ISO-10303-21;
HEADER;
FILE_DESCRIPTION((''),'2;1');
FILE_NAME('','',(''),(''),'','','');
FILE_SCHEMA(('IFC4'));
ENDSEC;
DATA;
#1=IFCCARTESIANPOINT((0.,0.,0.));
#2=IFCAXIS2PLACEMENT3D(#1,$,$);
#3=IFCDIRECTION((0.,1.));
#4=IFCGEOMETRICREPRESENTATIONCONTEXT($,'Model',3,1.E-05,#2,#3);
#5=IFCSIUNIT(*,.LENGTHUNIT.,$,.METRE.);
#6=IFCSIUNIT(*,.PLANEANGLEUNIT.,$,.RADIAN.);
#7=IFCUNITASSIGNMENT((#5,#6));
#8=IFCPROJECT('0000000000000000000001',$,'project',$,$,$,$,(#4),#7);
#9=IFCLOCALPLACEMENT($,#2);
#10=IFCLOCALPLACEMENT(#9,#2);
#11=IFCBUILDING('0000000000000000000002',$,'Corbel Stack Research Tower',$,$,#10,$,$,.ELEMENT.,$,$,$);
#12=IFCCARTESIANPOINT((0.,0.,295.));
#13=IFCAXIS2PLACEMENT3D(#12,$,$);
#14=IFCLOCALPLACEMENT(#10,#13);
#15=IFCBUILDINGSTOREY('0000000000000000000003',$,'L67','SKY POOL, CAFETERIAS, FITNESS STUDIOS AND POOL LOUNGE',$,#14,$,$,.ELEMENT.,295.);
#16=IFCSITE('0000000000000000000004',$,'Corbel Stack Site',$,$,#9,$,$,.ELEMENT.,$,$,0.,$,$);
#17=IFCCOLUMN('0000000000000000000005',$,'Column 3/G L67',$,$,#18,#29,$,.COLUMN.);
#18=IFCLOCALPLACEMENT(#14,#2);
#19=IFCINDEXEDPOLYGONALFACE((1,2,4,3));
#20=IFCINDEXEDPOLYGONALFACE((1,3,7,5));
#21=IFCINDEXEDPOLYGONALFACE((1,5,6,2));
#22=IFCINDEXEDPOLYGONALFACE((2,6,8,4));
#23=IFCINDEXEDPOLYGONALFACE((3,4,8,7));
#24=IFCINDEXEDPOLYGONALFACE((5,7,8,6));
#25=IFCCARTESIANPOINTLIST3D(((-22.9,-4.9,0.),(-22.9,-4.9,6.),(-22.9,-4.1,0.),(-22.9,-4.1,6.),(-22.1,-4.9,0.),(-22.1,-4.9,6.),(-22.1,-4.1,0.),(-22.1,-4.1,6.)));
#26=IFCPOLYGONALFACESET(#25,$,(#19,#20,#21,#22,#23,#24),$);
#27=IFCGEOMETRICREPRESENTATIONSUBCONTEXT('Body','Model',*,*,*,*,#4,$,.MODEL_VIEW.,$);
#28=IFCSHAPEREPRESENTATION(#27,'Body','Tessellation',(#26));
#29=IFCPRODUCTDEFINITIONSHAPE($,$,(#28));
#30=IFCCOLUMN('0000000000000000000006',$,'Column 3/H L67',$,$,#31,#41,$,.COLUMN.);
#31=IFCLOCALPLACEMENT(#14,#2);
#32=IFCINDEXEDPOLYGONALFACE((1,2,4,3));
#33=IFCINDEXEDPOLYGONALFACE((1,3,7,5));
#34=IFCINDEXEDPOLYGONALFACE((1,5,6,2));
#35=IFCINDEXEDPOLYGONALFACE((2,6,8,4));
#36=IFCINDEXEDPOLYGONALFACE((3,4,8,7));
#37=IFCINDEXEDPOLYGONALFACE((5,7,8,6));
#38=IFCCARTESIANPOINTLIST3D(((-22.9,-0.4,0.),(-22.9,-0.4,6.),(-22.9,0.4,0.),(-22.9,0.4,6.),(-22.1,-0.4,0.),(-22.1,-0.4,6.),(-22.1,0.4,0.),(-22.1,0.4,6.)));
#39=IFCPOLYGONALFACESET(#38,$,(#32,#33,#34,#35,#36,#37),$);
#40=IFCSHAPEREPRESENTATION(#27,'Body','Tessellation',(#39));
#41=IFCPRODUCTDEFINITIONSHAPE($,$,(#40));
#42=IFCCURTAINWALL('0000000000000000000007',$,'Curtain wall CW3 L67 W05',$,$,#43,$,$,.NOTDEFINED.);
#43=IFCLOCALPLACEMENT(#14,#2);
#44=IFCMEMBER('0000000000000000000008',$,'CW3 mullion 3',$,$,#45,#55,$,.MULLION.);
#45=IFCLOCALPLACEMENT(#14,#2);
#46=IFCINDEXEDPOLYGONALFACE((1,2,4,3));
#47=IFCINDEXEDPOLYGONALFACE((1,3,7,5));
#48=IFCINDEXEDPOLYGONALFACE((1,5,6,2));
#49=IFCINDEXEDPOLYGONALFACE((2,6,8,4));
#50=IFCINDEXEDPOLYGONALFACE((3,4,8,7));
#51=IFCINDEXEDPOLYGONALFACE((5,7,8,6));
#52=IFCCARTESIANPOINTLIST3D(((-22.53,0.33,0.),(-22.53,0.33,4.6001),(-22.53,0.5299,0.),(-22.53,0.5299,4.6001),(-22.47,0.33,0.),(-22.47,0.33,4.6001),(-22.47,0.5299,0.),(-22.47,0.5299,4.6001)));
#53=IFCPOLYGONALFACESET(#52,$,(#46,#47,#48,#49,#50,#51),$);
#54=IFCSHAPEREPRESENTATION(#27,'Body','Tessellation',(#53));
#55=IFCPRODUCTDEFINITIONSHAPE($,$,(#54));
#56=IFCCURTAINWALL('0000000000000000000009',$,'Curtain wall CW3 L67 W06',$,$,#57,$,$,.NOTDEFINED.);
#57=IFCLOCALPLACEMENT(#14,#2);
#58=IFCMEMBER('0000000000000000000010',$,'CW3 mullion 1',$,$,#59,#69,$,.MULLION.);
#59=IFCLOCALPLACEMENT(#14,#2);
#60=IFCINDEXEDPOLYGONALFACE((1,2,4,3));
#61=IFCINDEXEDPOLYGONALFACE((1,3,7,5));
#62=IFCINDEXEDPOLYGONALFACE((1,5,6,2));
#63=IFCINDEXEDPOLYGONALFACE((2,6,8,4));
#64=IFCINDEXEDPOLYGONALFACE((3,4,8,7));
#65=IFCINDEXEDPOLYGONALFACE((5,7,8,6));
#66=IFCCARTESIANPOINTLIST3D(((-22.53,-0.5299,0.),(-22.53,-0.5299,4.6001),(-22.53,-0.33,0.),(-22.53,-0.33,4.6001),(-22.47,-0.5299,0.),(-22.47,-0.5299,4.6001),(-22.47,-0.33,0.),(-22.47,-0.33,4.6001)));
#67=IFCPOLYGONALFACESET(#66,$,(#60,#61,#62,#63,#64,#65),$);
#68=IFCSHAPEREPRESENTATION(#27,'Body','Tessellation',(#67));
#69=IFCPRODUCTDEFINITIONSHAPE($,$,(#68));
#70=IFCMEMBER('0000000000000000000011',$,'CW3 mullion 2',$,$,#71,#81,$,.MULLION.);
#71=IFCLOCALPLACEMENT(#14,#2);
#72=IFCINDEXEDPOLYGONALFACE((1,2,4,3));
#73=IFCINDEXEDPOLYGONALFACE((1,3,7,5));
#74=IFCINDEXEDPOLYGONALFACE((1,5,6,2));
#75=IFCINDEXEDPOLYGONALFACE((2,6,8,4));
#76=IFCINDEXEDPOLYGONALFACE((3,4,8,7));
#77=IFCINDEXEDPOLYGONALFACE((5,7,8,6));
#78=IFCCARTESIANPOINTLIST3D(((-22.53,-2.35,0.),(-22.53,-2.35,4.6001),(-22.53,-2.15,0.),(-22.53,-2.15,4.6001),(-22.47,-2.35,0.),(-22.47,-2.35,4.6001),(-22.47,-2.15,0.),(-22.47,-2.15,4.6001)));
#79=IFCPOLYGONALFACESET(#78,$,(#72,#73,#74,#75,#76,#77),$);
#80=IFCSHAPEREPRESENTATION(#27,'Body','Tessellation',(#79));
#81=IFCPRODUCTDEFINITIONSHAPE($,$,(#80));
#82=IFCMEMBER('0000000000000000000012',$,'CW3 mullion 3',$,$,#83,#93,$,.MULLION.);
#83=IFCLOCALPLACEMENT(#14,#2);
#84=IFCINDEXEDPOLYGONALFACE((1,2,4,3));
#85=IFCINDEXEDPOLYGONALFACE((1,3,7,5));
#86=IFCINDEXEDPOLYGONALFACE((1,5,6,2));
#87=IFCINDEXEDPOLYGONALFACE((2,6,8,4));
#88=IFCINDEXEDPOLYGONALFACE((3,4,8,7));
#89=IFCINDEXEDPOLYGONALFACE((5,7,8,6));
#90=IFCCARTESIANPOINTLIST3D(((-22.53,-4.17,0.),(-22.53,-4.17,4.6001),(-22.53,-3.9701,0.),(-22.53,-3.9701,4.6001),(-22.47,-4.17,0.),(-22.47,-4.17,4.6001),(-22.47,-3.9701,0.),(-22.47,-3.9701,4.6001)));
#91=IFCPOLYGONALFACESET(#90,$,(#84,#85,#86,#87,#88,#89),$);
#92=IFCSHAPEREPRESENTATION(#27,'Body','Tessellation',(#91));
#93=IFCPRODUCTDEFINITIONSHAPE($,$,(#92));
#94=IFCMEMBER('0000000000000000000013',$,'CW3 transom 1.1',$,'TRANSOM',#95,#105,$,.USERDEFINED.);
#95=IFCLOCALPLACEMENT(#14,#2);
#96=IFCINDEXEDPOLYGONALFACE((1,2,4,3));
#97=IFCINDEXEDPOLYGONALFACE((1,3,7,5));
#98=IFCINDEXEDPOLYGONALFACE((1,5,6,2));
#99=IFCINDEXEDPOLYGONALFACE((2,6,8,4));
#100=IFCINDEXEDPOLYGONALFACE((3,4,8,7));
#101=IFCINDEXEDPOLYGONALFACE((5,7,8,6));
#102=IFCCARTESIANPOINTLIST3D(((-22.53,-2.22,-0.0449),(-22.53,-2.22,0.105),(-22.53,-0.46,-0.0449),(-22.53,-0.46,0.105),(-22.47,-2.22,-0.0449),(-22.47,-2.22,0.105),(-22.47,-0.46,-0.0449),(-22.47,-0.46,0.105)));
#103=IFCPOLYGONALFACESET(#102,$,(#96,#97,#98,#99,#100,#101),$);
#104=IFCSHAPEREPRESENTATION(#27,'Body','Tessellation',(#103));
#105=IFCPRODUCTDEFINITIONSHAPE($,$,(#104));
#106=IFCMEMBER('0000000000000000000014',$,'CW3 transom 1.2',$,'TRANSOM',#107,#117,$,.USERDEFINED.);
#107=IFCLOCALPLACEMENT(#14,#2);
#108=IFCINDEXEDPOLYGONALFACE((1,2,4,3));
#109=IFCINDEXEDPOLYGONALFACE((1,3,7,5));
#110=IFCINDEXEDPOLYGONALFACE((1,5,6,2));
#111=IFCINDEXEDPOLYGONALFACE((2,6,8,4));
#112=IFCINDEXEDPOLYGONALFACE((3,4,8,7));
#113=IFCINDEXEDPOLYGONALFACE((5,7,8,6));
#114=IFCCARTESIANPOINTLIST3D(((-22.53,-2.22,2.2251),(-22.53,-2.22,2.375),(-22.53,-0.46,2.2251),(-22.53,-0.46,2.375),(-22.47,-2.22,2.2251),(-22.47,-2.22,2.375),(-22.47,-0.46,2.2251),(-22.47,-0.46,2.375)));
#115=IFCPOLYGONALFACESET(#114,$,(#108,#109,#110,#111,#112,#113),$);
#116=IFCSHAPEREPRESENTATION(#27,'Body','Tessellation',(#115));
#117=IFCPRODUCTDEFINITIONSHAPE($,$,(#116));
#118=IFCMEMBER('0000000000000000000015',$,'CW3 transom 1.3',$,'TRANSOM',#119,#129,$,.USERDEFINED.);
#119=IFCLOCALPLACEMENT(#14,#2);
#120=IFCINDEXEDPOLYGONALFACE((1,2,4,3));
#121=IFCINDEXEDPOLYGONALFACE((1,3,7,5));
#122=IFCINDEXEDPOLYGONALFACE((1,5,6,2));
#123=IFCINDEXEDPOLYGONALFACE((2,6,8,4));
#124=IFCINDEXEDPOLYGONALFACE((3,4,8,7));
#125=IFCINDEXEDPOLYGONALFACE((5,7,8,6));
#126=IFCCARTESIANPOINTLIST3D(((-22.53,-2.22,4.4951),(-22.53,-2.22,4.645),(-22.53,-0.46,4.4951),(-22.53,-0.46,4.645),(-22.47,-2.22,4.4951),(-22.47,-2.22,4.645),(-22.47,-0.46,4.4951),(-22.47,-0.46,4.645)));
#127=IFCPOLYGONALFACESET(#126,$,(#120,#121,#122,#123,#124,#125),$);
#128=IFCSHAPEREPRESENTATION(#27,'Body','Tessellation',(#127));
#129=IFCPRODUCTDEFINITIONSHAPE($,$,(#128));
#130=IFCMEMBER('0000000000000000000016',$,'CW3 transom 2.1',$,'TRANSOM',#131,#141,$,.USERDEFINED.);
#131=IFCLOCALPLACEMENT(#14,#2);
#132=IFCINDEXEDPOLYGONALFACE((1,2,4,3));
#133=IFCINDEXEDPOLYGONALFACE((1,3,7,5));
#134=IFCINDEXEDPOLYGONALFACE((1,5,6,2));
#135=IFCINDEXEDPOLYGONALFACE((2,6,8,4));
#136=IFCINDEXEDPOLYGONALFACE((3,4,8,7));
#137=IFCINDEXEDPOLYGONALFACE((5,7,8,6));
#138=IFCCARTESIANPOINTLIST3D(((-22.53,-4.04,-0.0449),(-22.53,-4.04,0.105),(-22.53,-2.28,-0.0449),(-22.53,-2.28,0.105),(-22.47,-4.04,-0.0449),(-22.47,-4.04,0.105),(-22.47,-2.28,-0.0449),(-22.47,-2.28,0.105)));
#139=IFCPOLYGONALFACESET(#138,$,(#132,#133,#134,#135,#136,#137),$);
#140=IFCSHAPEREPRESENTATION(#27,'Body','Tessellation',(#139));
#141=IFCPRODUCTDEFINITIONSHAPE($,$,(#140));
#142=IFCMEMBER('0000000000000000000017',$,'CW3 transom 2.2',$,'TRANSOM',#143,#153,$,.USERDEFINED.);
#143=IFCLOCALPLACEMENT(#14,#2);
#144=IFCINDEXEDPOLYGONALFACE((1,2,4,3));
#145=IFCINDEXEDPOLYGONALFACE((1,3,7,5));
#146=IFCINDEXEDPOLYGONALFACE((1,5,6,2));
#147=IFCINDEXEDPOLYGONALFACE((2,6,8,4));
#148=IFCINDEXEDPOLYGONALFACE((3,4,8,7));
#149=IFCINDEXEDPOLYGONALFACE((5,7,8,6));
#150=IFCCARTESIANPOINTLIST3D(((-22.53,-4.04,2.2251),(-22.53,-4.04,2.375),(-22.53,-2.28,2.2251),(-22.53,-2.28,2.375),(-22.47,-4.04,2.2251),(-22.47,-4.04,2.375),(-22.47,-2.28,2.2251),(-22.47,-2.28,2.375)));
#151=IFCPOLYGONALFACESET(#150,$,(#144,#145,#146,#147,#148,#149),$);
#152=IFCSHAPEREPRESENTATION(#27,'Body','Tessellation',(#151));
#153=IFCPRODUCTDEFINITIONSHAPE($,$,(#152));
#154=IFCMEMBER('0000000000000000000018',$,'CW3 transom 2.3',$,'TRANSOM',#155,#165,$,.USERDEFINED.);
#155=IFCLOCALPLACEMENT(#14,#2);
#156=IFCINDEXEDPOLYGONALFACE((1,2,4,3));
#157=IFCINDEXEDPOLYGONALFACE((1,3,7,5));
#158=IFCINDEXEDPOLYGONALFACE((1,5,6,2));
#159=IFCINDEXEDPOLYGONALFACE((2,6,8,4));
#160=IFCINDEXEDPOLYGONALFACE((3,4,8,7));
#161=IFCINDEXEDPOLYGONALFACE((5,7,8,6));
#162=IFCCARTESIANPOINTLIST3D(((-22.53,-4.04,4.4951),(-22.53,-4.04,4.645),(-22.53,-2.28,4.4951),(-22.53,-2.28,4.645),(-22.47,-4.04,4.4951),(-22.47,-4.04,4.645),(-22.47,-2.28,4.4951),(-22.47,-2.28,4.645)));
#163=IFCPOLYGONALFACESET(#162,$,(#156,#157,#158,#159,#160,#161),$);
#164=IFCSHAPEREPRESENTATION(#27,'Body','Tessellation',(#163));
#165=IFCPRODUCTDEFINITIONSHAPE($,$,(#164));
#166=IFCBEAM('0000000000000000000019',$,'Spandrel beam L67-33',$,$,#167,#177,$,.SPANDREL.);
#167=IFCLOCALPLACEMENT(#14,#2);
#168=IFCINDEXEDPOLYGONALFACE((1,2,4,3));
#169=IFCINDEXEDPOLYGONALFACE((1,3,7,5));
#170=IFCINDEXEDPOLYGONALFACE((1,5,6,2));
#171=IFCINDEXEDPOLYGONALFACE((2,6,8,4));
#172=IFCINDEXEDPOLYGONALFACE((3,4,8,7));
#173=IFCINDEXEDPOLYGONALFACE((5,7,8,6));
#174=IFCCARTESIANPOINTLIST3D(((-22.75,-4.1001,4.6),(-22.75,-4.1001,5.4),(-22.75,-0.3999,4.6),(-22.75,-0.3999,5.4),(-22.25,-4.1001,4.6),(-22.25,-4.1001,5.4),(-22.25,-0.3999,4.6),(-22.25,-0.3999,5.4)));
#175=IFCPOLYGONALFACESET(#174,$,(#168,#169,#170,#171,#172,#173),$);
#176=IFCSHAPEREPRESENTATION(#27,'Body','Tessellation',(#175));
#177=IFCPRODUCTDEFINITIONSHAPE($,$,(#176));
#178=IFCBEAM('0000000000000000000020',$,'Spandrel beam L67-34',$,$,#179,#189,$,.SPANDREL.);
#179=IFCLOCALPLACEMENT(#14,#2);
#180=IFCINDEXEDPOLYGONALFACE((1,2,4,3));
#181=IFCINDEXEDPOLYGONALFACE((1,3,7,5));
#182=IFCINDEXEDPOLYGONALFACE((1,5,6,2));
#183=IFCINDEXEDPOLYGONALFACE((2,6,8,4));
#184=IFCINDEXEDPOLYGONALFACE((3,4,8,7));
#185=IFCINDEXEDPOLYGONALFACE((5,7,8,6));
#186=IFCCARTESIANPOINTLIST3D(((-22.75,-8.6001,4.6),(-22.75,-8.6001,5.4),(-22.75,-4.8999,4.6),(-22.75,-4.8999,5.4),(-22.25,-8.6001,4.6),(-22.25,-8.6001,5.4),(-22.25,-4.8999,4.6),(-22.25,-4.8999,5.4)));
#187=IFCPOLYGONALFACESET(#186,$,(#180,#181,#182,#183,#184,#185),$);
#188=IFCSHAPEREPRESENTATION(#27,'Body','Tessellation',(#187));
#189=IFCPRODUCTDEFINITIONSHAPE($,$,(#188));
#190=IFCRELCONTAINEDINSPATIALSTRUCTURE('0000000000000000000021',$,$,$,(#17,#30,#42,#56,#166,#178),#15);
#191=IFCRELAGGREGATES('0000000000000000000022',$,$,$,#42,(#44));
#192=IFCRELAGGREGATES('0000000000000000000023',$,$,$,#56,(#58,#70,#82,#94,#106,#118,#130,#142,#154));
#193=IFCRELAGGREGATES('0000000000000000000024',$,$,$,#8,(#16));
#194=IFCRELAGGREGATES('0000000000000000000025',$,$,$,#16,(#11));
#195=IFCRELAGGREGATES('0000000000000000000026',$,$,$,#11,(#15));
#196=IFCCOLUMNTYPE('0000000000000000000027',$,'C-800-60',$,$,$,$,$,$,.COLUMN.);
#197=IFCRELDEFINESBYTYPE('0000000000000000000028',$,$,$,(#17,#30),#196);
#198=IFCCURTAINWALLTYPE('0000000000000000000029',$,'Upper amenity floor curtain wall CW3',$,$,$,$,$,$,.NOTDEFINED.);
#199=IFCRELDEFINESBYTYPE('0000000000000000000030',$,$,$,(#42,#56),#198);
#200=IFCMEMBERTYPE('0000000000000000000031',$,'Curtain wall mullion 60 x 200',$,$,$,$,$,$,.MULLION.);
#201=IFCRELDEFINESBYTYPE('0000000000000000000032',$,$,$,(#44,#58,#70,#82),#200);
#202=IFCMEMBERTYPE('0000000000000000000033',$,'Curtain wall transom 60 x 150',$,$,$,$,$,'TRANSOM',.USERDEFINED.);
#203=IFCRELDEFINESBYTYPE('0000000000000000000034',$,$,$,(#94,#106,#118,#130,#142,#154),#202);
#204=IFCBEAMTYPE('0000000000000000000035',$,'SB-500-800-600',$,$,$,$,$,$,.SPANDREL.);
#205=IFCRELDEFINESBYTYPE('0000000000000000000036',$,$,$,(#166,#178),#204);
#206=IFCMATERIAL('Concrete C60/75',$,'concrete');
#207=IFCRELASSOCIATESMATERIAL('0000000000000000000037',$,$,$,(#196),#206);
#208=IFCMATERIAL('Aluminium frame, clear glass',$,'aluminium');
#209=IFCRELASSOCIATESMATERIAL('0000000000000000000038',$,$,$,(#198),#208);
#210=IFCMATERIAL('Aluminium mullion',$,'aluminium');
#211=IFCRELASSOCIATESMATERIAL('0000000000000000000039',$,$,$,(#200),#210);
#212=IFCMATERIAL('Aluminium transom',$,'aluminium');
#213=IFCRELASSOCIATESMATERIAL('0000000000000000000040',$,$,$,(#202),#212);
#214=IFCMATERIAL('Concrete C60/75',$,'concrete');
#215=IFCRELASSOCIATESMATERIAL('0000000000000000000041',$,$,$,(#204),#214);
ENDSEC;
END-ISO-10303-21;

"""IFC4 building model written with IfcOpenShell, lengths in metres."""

from ifc_helpers import new_model, si_unit, direction, frame, origin, origin_2d, place, context, subcontext, project, spatial, rectangle, extrude, material, material_profile, profile_set, type_object, element, aggregate, save


model = new_model("IFC4")

# Units and contexts
model_context = context("Model", 3, precision=1e-05, world=origin(), true_north=direction((0.0, 1.0)))
body_context = subcontext(model_context, "Body", "Model", "MODEL_VIEW")
ifc_project = project(units=[si_unit("LENGTHUNIT", "METRE"), si_unit("PLANEANGLEUNIT", "RADIAN")], contexts=[model_context])

# Site, building, storey
site_placement = place(None, origin())
site = spatial("IfcSite", under=ifc_project, at=site_placement, Name="Corbel Stack Site", CompositionType="ELEMENT", RefElevation=0.0)
building_placement = place(site_placement, origin())
building = spatial("IfcBuilding", under=site, at=building_placement, Name="Corbel Stack Research Tower", CompositionType="ELEMENT")
storey_placement = place(building_placement, frame((0.0, 0.0, 295.0)))
storey = spatial("IfcBuildingStorey", under=building, at=storey_placement, Name="L67", Description="SKY POOL, CAFETERIAS, FITNESS STUDIOS AND POOL LOUNGE", CompositionType="ELEMENT", Elevation=295.0)

# Columns
ifc_material_1 = material(Name="Concrete C60/75", Category="concrete")
ifc_material_profile_1 = material_profile(ifc_material_1, rectangle(XDim=0.8, YDim=0.8, at=origin_2d()), Name="RC 800 x 800")
ifc_profile_set_1 = profile_set([ifc_material_profile_1], Name="Concrete C60/75")
column_type = type_object("IfcColumnType", Name="C-800-60", PredefinedType="COLUMN", material=ifc_profile_set_1)
for number, where, z_axis, x_axis, name in (
    (1, (-22.5, -4.5, 0.0), (0.0, 0.0, 1.0), (1.0, 0.0, 0.0), "Column 3/G L67"),
    (2, (-22.5, 0.0, 0.0), (0.0, 0.0, 1.0), (1.0, 0.0, 0.0), "Column 3/H L67"),
):
    element("IfcColumn", number, at=place(storey_placement, frame(where, z_axis=z_axis, x_axis=x_axis)), inside=storey, type_object=column_type, Name=name, PredefinedType="COLUMN", context=body_context, shape_type="SweptSolid", body=[
        extrude(rectangle(XDim=0.8, YDim=0.8, at=origin_2d()), origin(), (0.0, 0.0, 1.0), 6.0),
    ])

# Curtain wall, member
ifc_material_2 = material(Name="Aluminium frame, clear glass", Category="aluminium")
curtain_wall_type = type_object("IfcCurtainWallType", Name="Upper amenity floor curtain wall CW3", PredefinedType="NOTDEFINED", material=ifc_material_2)
curtain_wall_1_placement = place(storey_placement, origin())
curtain_wall_1 = element("IfcCurtainWall", 3, at=curtain_wall_1_placement, inside=storey, type_object=curtain_wall_type, Name="Curtain wall CW3 L67 W05", PredefinedType="NOTDEFINED")
ifc_material_3 = material(Name="Aluminium mullion", Category="aluminium")
ifc_material_profile_2 = material_profile(ifc_material_3, rectangle(XDim=0.0601, YDim=0.2, at=origin_2d()), Name="Mullion 60 x 200")
ifc_profile_set_2 = profile_set([ifc_material_profile_2], Name="Aluminium mullion")
member_type_1 = type_object("IfcMemberType", Name="Curtain wall mullion 60 x 200", PredefinedType="MULLION", material=ifc_profile_set_2)
member_1_placement = place(storey_placement, frame((-22.5, 0.4299, 0.0), z_axis=(0.0, 0.0, 1.0), x_axis=(1.0, 0.0, 0.0)))
member_1 = element("IfcMember", 4, at=member_1_placement, type_object=member_type_1, Name="CW3 mullion 3", PredefinedType="MULLION", context=body_context, shape_type="SweptSolid", body=[
    extrude(rectangle(XDim=0.0601, YDim=0.2, at=origin_2d()), origin(), (0.0, 0.0, 1.0), 4.6001),
])

# Curtain wall, members
curtain_wall_2_placement = place(storey_placement, origin())
curtain_wall_2 = element("IfcCurtainWall", 5, at=curtain_wall_2_placement, inside=storey, type_object=curtain_wall_type, Name="Curtain wall CW3 L67 W06", PredefinedType="NOTDEFINED")
member_2_placement = place(storey_placement, frame((-22.5, -0.4299, 0.0), z_axis=(0.0, 0.0, 1.0), x_axis=(1.0, 0.0, 0.0)))
member_2 = element("IfcMember", 6, at=member_2_placement, type_object=member_type_1, Name="CW3 mullion 1", PredefinedType="MULLION", context=body_context, shape_type="SweptSolid", body=[
    extrude(rectangle(XDim=0.0601, YDim=0.2, at=origin_2d()), origin(), (0.0, 0.0, 1.0), 4.6001),
])
member_3_placement = place(storey_placement, frame((-22.5, -2.25, 0.0), z_axis=(0.0, 0.0, 1.0), x_axis=(1.0, 0.0, 0.0)))
member_3 = element("IfcMember", 7, at=member_3_placement, type_object=member_type_1, Name="CW3 mullion 2", PredefinedType="MULLION", context=body_context, shape_type="SweptSolid", body=[
    extrude(rectangle(XDim=0.0601, YDim=0.2, at=origin_2d()), origin(), (0.0, 0.0, 1.0), 4.6001),
])
member_4_placement = place(storey_placement, frame((-22.5, -4.0701, 0.0), z_axis=(0.0, 0.0, 1.0), x_axis=(1.0, 0.0, 0.0)))
member_4 = element("IfcMember", 8, at=member_4_placement, type_object=member_type_1, Name="CW3 mullion 3", PredefinedType="MULLION", context=body_context, shape_type="SweptSolid", body=[
    extrude(rectangle(XDim=0.0601, YDim=0.2, at=origin_2d()), origin(), (0.0, 0.0, 1.0), 4.6001),
])
ifc_material_4 = material(Name="Aluminium transom", Category="aluminium")
ifc_material_profile_3 = material_profile(ifc_material_4, rectangle(XDim=0.0601, YDim=0.1499, at=origin_2d()), Name="Transom 60 x 150")
ifc_profile_set_3 = profile_set([ifc_material_profile_3], Name="Aluminium transom")
member_type_2 = type_object("IfcMemberType", Name="Curtain wall transom 60 x 150", ElementType="TRANSOM", PredefinedType="USERDEFINED", material=ifc_profile_set_3)
member_5_placement = place(storey_placement, frame((-22.5, -0.46, 0.03), z_axis=(0.0, -1.0, 0.0), x_axis=(1.0, 0.0, 0.0)))
member_5 = element("IfcMember", 9, at=member_5_placement, type_object=member_type_2, Name="CW3 transom 1.1", ObjectType="TRANSOM", PredefinedType="USERDEFINED", context=body_context, shape_type="SweptSolid", body=[
    extrude(rectangle(XDim=0.0601, YDim=0.1499, at=origin_2d()), origin(), (0.0, 0.0, 1.0), 1.76),
])
member_6_placement = place(storey_placement, frame((-22.5, -0.46, 2.3), z_axis=(0.0, -1.0, 0.0), x_axis=(1.0, 0.0, 0.0)))
member_6 = element("IfcMember", 10, at=member_6_placement, type_object=member_type_2, Name="CW3 transom 1.2", ObjectType="TRANSOM", PredefinedType="USERDEFINED", context=body_context, shape_type="SweptSolid", body=[
    extrude(rectangle(XDim=0.0601, YDim=0.1499, at=origin_2d()), origin(), (0.0, 0.0, 1.0), 1.76),
])
member_7_placement = place(storey_placement, frame((-22.5, -0.46, 4.5701), z_axis=(0.0, -1.0, 0.0), x_axis=(1.0, 0.0, 0.0)))
member_7 = element("IfcMember", 11, at=member_7_placement, type_object=member_type_2, Name="CW3 transom 1.3", ObjectType="TRANSOM", PredefinedType="USERDEFINED", context=body_context, shape_type="SweptSolid", body=[
    extrude(rectangle(XDim=0.0601, YDim=0.1499, at=origin_2d()), origin(), (0.0, 0.0, 1.0), 1.76),
])
member_8_placement = place(storey_placement, frame((-22.5, -2.28, 0.03), z_axis=(0.0, -1.0, 0.0), x_axis=(1.0, 0.0, 0.0)))
member_8 = element("IfcMember", 12, at=member_8_placement, type_object=member_type_2, Name="CW3 transom 2.1", ObjectType="TRANSOM", PredefinedType="USERDEFINED", context=body_context, shape_type="SweptSolid", body=[
    extrude(rectangle(XDim=0.0601, YDim=0.1499, at=origin_2d()), origin(), (0.0, 0.0, 1.0), 1.76),
])
member_9_placement = place(storey_placement, frame((-22.5, -2.28, 2.3), z_axis=(0.0, -1.0, 0.0), x_axis=(1.0, 0.0, 0.0)))
member_9 = element("IfcMember", 13, at=member_9_placement, type_object=member_type_2, Name="CW3 transom 2.2", ObjectType="TRANSOM", PredefinedType="USERDEFINED", context=body_context, shape_type="SweptSolid", body=[
    extrude(rectangle(XDim=0.0601, YDim=0.1499, at=origin_2d()), origin(), (0.0, 0.0, 1.0), 1.76),
])
member_10_placement = place(storey_placement, frame((-22.5, -2.28, 4.5701), z_axis=(0.0, -1.0, 0.0), x_axis=(1.0, 0.0, 0.0)))
member_10 = element("IfcMember", 14, at=member_10_placement, type_object=member_type_2, Name="CW3 transom 2.3", ObjectType="TRANSOM", PredefinedType="USERDEFINED", context=body_context, shape_type="SweptSolid", body=[
    extrude(rectangle(XDim=0.0601, YDim=0.1499, at=origin_2d()), origin(), (0.0, 0.0, 1.0), 1.76),
])

# Beams
ifc_material_5 = material(Name="Concrete C60/75", Category="concrete")
ifc_material_profile_4 = material_profile(ifc_material_5, rectangle(XDim=0.5, YDim=0.8, at=origin_2d()), Name="RC 500 x 800")
ifc_profile_set_4 = profile_set([ifc_material_profile_4], Name="Concrete C60/75")
beam_type = type_object("IfcBeamType", Name="SB-500-800-600", PredefinedType="SPANDREL", material=ifc_profile_set_4)
for number, where, z_axis, x_axis, name in (
    (15, (-22.5, -0.3999, 5.0), (0.0, -1.0, 0.0), (1.0, 0.0, 0.0), "Spandrel beam L67-33"),
    (16, (-22.5, -4.8999, 5.0), (0.0, -1.0, 0.0), (1.0, 0.0, 0.0), "Spandrel beam L67-34"),
):
    element("IfcBeam", number, at=place(storey_placement, frame(where, z_axis=z_axis, x_axis=x_axis)), inside=storey, type_object=beam_type, Name=name, PredefinedType="SPANDREL", context=body_context, shape_type="SweptSolid", body=[
        extrude(rectangle(XDim=0.5, YDim=0.8, at=origin_2d()), origin(), (0.0, 0.0, 1.0), 3.7002),
    ])

aggregate(curtain_wall_1, [member_1])
aggregate(curtain_wall_2, [member_2, member_3, member_4, member_5, member_6, member_7, member_8, member_9, member_10])

save(model, "model.ifc")
